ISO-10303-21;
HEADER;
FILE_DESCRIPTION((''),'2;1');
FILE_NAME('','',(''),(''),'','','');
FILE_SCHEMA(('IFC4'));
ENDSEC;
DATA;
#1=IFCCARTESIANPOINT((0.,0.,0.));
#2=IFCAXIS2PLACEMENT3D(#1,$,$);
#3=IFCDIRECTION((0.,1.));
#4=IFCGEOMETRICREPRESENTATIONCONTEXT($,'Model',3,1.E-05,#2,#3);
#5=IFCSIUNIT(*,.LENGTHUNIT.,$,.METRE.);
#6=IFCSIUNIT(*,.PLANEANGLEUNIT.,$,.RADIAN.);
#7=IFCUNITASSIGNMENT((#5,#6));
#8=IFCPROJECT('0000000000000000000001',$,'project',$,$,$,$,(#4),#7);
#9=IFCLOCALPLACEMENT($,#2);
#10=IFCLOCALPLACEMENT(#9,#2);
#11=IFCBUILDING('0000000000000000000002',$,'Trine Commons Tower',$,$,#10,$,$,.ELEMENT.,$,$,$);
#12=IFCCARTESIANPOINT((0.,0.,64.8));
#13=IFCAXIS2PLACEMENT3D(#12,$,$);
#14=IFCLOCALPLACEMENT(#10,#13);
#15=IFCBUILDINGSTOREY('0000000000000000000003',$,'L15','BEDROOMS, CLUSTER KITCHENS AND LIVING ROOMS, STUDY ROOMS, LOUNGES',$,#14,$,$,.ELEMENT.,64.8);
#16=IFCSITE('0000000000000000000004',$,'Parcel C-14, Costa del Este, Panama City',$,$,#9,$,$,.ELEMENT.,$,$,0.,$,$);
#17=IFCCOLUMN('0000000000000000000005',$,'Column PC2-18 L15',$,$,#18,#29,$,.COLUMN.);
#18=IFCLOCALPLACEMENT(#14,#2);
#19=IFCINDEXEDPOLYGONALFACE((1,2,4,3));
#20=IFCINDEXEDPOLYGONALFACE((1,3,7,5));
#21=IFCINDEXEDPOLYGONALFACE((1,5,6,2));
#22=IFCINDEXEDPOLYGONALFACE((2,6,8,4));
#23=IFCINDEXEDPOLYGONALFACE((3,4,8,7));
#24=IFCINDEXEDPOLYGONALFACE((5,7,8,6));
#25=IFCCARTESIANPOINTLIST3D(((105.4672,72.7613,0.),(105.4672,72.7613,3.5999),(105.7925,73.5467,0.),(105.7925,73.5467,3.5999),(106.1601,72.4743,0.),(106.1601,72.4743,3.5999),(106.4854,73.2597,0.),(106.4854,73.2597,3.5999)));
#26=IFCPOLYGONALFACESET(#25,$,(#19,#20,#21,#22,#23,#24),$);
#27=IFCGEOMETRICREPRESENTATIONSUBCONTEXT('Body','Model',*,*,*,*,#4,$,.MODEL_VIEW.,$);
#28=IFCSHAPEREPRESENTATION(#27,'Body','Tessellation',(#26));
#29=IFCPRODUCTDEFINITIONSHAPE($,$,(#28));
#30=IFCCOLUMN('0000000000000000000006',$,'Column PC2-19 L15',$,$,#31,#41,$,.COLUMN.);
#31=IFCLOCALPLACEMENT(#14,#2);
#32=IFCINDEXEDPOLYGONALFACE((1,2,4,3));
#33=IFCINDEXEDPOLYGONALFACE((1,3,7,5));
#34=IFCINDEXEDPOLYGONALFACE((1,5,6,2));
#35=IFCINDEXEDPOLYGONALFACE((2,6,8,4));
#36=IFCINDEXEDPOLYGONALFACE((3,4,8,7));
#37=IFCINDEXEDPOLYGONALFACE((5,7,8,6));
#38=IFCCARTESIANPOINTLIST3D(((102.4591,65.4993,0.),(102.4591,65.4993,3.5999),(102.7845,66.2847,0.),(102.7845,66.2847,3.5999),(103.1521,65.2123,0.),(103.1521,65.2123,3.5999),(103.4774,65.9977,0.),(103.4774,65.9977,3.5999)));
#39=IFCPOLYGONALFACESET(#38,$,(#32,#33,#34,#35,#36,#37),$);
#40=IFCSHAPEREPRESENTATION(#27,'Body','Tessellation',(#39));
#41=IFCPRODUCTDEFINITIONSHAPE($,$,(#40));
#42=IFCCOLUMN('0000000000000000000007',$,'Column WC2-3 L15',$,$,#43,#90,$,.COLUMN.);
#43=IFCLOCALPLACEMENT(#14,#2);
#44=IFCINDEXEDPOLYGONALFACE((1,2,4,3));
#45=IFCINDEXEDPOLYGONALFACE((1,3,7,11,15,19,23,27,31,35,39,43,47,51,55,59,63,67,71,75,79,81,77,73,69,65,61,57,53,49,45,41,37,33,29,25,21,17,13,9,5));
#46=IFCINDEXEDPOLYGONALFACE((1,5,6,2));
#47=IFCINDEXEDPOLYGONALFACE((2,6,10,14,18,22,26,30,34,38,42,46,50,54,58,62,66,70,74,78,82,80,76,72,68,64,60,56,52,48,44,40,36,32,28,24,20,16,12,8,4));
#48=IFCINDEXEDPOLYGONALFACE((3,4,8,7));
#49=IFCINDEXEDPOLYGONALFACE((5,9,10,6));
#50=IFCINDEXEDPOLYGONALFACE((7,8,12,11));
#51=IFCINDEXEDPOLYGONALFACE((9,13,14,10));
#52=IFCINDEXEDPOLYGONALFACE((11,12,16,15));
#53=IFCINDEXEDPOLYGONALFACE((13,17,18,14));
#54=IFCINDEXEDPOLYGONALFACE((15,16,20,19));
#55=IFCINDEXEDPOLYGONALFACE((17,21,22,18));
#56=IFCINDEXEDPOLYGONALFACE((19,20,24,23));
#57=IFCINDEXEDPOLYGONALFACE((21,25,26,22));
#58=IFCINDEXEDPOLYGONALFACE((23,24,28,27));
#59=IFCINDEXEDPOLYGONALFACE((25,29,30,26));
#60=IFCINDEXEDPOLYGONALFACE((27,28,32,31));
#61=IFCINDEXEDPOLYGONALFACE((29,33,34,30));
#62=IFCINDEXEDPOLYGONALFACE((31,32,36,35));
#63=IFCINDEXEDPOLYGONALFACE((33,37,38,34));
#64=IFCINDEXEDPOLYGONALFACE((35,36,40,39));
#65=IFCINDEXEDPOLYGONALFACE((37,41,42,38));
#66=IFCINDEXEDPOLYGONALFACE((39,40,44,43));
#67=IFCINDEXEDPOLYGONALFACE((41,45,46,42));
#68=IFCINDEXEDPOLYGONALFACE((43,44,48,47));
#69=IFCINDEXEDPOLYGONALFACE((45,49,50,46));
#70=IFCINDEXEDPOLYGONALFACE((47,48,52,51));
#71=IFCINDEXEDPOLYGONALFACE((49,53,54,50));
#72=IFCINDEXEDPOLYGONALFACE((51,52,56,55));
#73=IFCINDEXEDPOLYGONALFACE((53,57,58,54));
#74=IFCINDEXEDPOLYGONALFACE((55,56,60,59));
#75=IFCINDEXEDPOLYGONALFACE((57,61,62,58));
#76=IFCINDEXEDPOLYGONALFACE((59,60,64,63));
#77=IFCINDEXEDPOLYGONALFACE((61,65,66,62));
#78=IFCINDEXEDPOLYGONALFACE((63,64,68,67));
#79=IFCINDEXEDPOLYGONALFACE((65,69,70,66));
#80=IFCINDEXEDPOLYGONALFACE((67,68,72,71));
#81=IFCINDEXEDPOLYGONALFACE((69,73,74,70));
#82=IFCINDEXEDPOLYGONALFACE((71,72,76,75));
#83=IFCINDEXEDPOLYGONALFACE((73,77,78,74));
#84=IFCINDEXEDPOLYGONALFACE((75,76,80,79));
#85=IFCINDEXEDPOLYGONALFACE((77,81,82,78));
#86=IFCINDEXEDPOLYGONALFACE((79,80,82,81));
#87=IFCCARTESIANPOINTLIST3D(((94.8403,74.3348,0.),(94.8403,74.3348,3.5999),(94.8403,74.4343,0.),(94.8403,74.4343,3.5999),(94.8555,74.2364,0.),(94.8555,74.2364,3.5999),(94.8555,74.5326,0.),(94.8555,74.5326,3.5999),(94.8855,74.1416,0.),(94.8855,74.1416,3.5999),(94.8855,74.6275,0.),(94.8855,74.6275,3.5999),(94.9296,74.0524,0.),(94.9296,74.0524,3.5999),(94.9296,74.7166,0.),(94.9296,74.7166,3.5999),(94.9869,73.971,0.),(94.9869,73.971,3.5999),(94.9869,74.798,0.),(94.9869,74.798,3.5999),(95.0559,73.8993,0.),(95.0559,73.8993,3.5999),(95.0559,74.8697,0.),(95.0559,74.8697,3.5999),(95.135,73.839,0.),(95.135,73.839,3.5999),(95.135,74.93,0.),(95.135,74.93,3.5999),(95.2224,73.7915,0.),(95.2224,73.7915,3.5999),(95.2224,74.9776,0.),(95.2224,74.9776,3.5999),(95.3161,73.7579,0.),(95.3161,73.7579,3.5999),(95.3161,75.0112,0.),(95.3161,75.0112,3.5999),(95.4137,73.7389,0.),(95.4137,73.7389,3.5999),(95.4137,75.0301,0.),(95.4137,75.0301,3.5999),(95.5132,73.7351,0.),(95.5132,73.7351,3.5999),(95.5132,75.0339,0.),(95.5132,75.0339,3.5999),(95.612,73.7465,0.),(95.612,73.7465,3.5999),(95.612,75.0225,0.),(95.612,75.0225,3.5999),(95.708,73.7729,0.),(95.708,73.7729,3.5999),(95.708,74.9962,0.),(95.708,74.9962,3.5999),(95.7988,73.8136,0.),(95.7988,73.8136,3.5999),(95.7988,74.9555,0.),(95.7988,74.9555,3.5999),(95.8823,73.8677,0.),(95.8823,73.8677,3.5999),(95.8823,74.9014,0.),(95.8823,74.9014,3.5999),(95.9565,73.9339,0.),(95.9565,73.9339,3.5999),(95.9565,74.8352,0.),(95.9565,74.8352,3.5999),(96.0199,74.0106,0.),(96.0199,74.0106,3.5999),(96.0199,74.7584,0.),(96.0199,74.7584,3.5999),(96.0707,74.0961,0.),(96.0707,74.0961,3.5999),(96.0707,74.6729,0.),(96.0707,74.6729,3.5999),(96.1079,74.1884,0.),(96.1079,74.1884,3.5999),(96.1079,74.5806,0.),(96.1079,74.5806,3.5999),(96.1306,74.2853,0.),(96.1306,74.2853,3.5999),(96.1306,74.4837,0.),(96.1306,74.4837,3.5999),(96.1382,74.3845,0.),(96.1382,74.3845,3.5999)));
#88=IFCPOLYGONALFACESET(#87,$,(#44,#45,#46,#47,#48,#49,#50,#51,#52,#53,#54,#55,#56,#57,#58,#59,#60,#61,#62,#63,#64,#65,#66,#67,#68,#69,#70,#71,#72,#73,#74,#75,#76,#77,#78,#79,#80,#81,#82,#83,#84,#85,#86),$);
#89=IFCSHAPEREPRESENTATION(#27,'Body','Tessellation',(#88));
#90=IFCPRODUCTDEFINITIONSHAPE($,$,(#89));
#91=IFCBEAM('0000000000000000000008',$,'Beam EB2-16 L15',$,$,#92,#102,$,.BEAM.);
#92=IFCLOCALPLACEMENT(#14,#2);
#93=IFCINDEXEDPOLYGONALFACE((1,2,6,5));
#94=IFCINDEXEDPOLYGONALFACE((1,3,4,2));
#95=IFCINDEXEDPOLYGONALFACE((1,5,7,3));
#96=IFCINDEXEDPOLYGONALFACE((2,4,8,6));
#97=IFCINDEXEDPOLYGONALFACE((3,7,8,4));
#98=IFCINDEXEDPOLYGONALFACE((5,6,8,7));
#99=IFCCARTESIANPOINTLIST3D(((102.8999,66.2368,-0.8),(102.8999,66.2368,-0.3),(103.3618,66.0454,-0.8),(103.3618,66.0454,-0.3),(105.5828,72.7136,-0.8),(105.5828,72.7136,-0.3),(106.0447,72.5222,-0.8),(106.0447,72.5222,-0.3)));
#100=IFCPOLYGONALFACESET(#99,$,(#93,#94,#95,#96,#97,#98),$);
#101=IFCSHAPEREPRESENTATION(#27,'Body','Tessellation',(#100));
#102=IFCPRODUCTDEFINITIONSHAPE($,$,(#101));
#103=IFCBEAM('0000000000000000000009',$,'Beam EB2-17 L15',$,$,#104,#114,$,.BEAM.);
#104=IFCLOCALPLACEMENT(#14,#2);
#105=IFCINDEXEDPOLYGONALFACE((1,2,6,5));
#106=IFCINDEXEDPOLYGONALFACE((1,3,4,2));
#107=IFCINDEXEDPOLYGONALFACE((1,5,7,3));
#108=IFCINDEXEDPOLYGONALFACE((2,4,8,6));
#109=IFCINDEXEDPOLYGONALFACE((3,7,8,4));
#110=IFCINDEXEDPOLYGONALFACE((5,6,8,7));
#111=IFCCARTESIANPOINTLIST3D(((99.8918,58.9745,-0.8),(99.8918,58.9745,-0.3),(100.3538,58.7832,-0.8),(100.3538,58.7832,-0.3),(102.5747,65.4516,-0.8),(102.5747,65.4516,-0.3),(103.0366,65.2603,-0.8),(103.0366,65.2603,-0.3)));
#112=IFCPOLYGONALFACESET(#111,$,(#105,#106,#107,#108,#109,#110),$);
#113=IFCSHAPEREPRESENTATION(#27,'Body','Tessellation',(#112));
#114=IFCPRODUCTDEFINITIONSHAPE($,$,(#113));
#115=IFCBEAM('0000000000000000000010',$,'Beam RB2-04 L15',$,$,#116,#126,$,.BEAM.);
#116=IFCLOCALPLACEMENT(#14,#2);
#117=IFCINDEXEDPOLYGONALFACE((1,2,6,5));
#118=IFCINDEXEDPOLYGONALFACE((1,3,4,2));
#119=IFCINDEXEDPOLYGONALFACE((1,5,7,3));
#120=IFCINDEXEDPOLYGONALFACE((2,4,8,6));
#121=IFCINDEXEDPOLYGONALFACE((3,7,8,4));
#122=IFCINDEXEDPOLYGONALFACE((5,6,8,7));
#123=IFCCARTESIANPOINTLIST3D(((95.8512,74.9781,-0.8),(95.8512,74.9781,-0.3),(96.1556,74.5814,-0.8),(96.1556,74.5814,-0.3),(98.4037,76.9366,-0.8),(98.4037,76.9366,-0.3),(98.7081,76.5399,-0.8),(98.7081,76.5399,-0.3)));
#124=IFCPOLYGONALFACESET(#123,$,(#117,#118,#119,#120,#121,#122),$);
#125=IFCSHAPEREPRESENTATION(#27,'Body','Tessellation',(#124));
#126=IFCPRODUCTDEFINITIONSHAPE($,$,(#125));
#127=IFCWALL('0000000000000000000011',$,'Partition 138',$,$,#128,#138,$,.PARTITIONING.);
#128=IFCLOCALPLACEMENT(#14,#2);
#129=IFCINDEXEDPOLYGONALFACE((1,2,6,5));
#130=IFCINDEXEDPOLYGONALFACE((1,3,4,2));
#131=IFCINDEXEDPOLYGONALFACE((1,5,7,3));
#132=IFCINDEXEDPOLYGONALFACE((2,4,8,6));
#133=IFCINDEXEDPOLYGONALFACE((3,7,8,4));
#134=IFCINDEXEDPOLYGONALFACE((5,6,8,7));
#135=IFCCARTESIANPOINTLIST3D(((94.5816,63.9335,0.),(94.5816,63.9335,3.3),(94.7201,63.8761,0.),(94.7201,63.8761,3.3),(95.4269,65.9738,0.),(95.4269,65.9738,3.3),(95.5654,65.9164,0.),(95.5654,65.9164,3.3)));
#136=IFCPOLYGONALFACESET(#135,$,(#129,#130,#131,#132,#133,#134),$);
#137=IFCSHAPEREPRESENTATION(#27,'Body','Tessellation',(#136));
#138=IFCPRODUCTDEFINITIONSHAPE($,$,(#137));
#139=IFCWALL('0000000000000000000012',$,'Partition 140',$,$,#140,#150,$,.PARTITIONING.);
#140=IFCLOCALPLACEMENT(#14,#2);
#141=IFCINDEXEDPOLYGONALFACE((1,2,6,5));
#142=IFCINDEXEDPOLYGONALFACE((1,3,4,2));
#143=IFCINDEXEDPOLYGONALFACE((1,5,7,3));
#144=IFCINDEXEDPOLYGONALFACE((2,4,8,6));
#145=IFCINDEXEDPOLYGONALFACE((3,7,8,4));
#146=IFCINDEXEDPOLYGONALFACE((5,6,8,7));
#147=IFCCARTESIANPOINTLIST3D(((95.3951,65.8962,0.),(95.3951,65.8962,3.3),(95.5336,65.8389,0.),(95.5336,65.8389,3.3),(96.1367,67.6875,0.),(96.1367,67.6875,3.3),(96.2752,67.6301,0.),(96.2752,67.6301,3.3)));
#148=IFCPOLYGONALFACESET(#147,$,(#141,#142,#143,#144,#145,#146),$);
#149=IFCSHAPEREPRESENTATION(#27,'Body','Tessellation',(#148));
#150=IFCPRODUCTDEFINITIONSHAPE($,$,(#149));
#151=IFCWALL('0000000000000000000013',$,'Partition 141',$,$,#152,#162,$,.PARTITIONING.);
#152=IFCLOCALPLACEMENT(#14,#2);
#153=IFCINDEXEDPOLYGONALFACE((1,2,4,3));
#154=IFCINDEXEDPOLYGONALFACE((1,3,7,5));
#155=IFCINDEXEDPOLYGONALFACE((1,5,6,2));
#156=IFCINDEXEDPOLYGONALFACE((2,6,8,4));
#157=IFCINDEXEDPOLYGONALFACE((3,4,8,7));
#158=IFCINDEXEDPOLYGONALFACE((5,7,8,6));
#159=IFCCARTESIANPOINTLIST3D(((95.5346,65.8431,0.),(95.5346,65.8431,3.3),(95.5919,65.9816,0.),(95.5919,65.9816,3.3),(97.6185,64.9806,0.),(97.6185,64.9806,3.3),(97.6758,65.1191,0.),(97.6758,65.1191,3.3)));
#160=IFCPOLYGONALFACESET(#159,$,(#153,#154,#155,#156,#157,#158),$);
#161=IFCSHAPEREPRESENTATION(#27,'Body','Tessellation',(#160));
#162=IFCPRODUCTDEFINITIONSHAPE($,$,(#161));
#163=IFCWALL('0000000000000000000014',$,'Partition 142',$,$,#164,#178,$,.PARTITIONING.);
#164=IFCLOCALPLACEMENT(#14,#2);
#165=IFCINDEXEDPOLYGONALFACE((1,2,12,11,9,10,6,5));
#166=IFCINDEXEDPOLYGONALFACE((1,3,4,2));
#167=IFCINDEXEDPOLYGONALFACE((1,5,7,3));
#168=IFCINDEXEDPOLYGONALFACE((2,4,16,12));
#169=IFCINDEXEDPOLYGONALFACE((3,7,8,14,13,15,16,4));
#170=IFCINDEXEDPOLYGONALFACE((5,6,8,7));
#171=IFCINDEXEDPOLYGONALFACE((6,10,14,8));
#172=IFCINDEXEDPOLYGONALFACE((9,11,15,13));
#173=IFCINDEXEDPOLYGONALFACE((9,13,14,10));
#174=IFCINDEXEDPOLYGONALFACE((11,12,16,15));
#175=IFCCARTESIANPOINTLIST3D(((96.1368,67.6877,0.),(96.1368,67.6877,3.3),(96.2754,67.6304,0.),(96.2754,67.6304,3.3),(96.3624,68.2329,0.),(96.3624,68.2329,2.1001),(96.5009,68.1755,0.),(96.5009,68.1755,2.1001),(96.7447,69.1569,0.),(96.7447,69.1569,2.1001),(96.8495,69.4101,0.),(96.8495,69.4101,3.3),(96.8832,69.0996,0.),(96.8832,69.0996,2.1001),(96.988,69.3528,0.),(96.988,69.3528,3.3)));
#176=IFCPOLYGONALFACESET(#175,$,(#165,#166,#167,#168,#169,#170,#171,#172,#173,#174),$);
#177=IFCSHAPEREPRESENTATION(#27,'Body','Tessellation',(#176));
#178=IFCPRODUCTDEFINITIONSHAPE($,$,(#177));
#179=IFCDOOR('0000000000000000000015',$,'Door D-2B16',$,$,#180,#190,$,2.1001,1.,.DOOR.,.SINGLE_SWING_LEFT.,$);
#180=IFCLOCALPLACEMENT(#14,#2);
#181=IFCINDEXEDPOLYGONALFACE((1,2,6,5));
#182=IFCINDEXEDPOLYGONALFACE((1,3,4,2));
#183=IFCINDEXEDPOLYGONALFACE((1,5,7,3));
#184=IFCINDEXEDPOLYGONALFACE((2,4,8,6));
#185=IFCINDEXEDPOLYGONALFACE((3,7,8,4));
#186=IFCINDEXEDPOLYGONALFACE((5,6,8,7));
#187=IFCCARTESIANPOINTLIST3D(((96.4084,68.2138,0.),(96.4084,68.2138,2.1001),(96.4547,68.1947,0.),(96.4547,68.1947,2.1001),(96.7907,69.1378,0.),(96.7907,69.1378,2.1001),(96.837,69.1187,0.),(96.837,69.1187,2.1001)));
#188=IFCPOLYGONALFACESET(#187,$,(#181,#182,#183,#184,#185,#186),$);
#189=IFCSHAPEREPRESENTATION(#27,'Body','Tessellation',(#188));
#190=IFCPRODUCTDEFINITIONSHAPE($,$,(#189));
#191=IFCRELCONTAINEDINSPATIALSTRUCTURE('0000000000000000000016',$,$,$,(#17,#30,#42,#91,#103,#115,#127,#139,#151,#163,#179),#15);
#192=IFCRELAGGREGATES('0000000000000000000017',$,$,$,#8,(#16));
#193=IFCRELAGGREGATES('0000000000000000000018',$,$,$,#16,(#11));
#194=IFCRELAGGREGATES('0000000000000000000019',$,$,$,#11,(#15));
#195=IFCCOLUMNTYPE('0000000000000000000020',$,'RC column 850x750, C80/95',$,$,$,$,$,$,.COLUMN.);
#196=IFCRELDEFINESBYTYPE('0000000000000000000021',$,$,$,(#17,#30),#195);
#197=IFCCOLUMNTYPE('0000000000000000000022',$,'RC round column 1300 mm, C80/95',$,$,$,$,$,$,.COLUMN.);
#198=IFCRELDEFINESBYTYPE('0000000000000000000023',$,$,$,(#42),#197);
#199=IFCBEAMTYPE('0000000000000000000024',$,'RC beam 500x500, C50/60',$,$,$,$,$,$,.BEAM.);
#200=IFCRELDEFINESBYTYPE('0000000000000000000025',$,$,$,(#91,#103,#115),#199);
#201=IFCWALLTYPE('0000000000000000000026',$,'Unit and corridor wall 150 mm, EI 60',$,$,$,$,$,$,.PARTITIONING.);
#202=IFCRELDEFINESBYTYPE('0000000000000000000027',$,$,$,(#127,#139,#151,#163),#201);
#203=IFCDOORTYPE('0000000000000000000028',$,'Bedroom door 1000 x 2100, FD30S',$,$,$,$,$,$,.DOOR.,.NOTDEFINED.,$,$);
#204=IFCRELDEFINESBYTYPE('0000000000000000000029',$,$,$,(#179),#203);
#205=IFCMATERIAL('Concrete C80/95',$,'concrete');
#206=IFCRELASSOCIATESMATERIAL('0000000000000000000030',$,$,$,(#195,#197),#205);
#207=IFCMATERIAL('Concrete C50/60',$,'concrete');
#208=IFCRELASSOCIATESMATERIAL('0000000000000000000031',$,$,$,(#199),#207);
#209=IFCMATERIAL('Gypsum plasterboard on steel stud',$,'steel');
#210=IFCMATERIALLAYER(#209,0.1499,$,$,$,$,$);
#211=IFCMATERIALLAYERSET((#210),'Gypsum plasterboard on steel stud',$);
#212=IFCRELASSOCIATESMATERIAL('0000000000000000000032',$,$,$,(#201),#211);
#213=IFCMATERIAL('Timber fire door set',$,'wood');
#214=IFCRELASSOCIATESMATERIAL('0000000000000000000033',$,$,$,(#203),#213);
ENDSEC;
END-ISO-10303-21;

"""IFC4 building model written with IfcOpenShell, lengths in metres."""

from ifc_helpers import new_model, si_unit, direction, frame, frame_2d, origin, origin_2d, place, context, subcontext, project, spatial, rectangle, circle, extrude, material, layer, layer_set, material_profile, profile_set, type_object, element, fill, save


model = new_model("IFC4")

# Units and contexts
model_context = context("Model", 3, precision=1e-05, world=origin(), true_north=direction((0.0, 1.0)))
body_context = subcontext(model_context, "Body", "Model", "MODEL_VIEW")
ifc_project = project(units=[si_unit("LENGTHUNIT", "METRE"), si_unit("PLANEANGLEUNIT", "RADIAN")], contexts=[model_context])

# Site, building, storey
site_placement = place(None, origin())
site = spatial("IfcSite", under=ifc_project, at=site_placement, Name="Parcel C-14, Costa del Este, Panama City", CompositionType="ELEMENT", RefElevation=0.0)
building_placement = place(site_placement, origin())
building = spatial("IfcBuilding", under=site, at=building_placement, Name="Trine Commons Tower", CompositionType="ELEMENT")
storey_placement = place(building_placement, frame((0.0, 0.0, 64.8)))
storey = spatial("IfcBuildingStorey", under=building, at=storey_placement, Name="L15", Description="BEDROOMS, CLUSTER KITCHENS AND LIVING ROOMS, STUDY ROOMS, LOUNGES", CompositionType="ELEMENT", Elevation=64.8)

# Columns
ifc_material_1 = material(Name="Concrete C80/95", Category="concrete")
ifc_material_profile_1 = material_profile(ifc_material_1, rectangle(XDim=0.8501, YDim=0.75, at=origin_2d()), Name="RC 850x750")
ifc_profile_set_1 = profile_set([ifc_material_profile_1], Name="Concrete C80/95")
column_type_1 = type_object("IfcColumnType", Name="RC column 850x750, C80/95", PredefinedType="COLUMN", material=ifc_profile_set_1)
for number, where, z_axis, x_axis, name in (
    (1, (105.9763, 73.0105, 0.0), (0.0, 0.0, 1.0), (0.382683, 0.92388, 0.0), "Column PC2-18 L15"),
    (2, (102.9683, 65.7485, 0.0), (0.0, 0.0, 1.0), (0.382683, 0.92388, 0.0), "Column PC2-19 L15"),
):
    element("IfcColumn", number, at=place(storey_placement, frame(where, z_axis=z_axis, x_axis=x_axis)), inside=storey, type_object=column_type_1, Name=name, PredefinedType="COLUMN", context=body_context, shape_type="SweptSolid", body=[
        extrude(rectangle(XDim=0.8501, YDim=0.75, at=origin_2d()), origin(), (0.0, 0.0, 1.0), 3.5999),
    ])
ifc_material_profile_2 = material_profile(ifc_material_1, circle(Radius=0.6499, at=origin_2d()), Name="RC round 1300")
ifc_profile_set_2 = profile_set([ifc_material_profile_2], Name="Concrete C80/95")
column_type_2 = type_object("IfcColumnType", Name="RC round column 1300 mm, C80/95", PredefinedType="COLUMN", material=ifc_profile_set_2)
column_placement = place(storey_placement, frame((95.4883, 74.3845, 0.0), z_axis=(0.0, 0.0, 1.0), x_axis=(1.0, 0.0, 0.0)))
element("IfcColumn", 3, at=column_placement, inside=storey, type_object=column_type_2, Name="Column WC2-3 L15", PredefinedType="COLUMN", context=body_context, shape_type="SweptSolid", body=[
    extrude(circle(Radius=0.6499, at=origin_2d()), origin(), (0.0, 0.0, 1.0), 3.5999),
])

# Beams
ifc_material_2 = material(Name="Concrete C50/60", Category="concrete")
ifc_material_profile_3 = material_profile(ifc_material_2, rectangle(XDim=0.5, YDim=0.5, at=origin_2d()), Name="RC 500x500")
ifc_profile_set_3 = profile_set([ifc_material_profile_3], Name="Concrete C50/60")
beam_type = type_object("IfcBeamType", Name="RC beam 500x500, C50/60", PredefinedType="BEAM", material=ifc_profile_set_3)
beam_1_placement = place(storey_placement, frame((105.8137, 72.6179, -0.55), z_axis=(-0.382693, -0.923875, 0.0), x_axis=(0.923875, -0.382693, 0.0)))
element("IfcBeam", 4, at=beam_1_placement, inside=storey, type_object=beam_type, Name="Beam EB2-16 L15", PredefinedType="BEAM", context=body_context, shape_type="SweptSolid", body=[
    extrude(rectangle(XDim=0.5, YDim=0.5, at=origin_2d()), origin(), (0.0, 0.0, 1.0), 7.0105),
])
beam_2_placement = place(storey_placement, frame((102.8057, 65.356, -0.55), z_axis=(-0.382681, -0.923881, 0.0), x_axis=(0.923881, -0.382681, 0.0)))
element("IfcBeam", 5, at=beam_2_placement, inside=storey, type_object=beam_type, Name="Beam EB2-17 L15", PredefinedType="BEAM", context=body_context, shape_type="SweptSolid", body=[
    extrude(rectangle(XDim=0.5, YDim=0.5, at=origin_2d()), origin(), (0.0, 0.0, 1.0), 7.0107),
])
beam_3_placement = place(storey_placement, frame((96.0034, 74.7798, -0.55), z_axis=(0.793368, 0.608742, 0.0), x_axis=(-0.608742, 0.793368, 0.0)))
element("IfcBeam", 6, at=beam_3_placement, inside=storey, type_object=beam_type, Name="Beam RB2-04 L15", PredefinedType="BEAM", context=body_context, shape_type="SweptSolid", body=[
    extrude(rectangle(XDim=0.5, YDim=0.5, at=origin_2d()), origin(), (0.0, 0.0, 1.0), 3.2173),
])

# Walls
ifc_material_3 = material(Name="Gypsum plasterboard on steel stud", Category="steel")
ifc_layer_1 = layer(ifc_material_3, 0.1499)
ifc_layer_set_1 = layer_set([ifc_layer_1], Name="Gypsum plasterboard on steel stud")
wall_type_1 = type_object("IfcWallType", Name="Unit and corridor wall 150 mm, EI 60", PredefinedType="PARTITIONING", material=ifc_layer_set_1)
wall_1_placement = place(storey_placement, frame((94.6509, 63.9048, 0.0), z_axis=(0.0, 0.0, 1.0), x_axis=(0.382723, 0.923863, 0.0)))
element("IfcWall", 7, at=wall_1_placement, inside=storey, type_object=wall_type_1, Name="Partition 138", PredefinedType="PARTITIONING", context=body_context, shape_type="SweptSolid", body=[
    extrude(rectangle(XDim=2.2085, YDim=0.1499, at=frame_2d((1.1042, 0.0))), origin(), (0.0, 0.0, 1.0), 3.3),
])
wall_2_placement = place(storey_placement, frame((95.4644, 65.8677, 0.0), z_axis=(0.0, 0.0, 1.0), x_axis=(0.382567, 0.923928, 0.0)))
element("IfcWall", 8, at=wall_2_placement, inside=storey, type_object=wall_type_1, Name="Partition 140", PredefinedType="PARTITIONING", context=body_context, shape_type="SweptSolid", body=[
    extrude(rectangle(XDim=1.9387, YDim=0.1499, at=frame_2d((0.9692, 0.0))), origin(), (0.0, 0.0, 1.0), 3.3),
])
wall_3_placement = place(storey_placement, frame((95.5632, 65.9124, 0.0), z_axis=(0.0, 0.0, 1.0), x_axis=(0.923984, -0.382431, 0.0)))
element("IfcWall", 9, at=wall_3_placement, inside=storey, type_object=wall_type_1, Name="Partition 141", PredefinedType="PARTITIONING", context=body_context, shape_type="SweptSolid", body=[
    extrude(rectangle(XDim=2.2554, YDim=0.1499, at=frame_2d((1.1277, 0.0))), origin(), (0.0, 0.0, 1.0), 3.3),
])

# Wall, opening, door
wall_4_placement = place(storey_placement, frame((96.2061, 67.6589, 0.0), z_axis=(0.0, 0.0, 1.0), x_axis=(0.382317, 0.924031, 0.0)))
wall_4 = element("IfcWall", 10, at=wall_4_placement, inside=storey, type_object=wall_type_1, Name="Partition 142", PredefinedType="PARTITIONING", context=body_context, shape_type="SweptSolid", body=[
    extrude(rectangle(XDim=1.864, YDim=0.1499, at=frame_2d((0.9321, 0.0))), origin(), (0.0, 0.0, 1.0), 3.3),
])
opening_1_placement = place(wall_4_placement, frame((0.5901, 0.0, 0.0)))
opening_1 = element("IfcOpeningElement", 11, at=opening_1_placement, cuts=wall_4, PredefinedType="OPENING", context=body_context, shape_type="SweptSolid", body=[
    extrude(rectangle(XDim=1.0, YDim=2.1001, at=frame_2d((0.5, 1.05))), frame((0.0, 0.085, 0.0), z_axis=(0.0, -1.0, 0.0), x_axis=(1.0, 0.0, 0.0)), (0.0, 0.0, 1.0), 0.1699),
])
ifc_material_4 = material(Name="Timber fire door set", Category="wood")
door_type_1 = type_object("IfcDoorType", Name="Bedroom door 1000 x 2100, FD30S", OperationType="NOTDEFINED", PredefinedType="DOOR", material=ifc_material_4)
door_1_placement = place(opening_1_placement, frame((1.0, 0.0, 0.0), z_axis=(0.0, 0.0, 1.0), x_axis=(-1.0, 0.0, 0.0)))
door_1 = element("IfcDoor", 12, at=door_1_placement, inside=storey, type_object=door_type_1, Name="Door D-2B16", OperationType="SINGLE_SWING_LEFT", OverallHeight=2.1001, OverallWidth=1.0, PredefinedType="DOOR", context=body_context, shape_type="SweptSolid", body=[
    extrude(rectangle(XDim=1.0, YDim=2.1001, at=frame_2d((0.5, 1.05))), frame((0.0, 0.0249, 0.0), z_axis=(0.0, -1.0, 0.0), x_axis=(1.0, 0.0, 0.0)), (0.0, 0.0, 1.0), 0.05),
])
fill(opening_1, door_1)

save(model, "model.ifc")
